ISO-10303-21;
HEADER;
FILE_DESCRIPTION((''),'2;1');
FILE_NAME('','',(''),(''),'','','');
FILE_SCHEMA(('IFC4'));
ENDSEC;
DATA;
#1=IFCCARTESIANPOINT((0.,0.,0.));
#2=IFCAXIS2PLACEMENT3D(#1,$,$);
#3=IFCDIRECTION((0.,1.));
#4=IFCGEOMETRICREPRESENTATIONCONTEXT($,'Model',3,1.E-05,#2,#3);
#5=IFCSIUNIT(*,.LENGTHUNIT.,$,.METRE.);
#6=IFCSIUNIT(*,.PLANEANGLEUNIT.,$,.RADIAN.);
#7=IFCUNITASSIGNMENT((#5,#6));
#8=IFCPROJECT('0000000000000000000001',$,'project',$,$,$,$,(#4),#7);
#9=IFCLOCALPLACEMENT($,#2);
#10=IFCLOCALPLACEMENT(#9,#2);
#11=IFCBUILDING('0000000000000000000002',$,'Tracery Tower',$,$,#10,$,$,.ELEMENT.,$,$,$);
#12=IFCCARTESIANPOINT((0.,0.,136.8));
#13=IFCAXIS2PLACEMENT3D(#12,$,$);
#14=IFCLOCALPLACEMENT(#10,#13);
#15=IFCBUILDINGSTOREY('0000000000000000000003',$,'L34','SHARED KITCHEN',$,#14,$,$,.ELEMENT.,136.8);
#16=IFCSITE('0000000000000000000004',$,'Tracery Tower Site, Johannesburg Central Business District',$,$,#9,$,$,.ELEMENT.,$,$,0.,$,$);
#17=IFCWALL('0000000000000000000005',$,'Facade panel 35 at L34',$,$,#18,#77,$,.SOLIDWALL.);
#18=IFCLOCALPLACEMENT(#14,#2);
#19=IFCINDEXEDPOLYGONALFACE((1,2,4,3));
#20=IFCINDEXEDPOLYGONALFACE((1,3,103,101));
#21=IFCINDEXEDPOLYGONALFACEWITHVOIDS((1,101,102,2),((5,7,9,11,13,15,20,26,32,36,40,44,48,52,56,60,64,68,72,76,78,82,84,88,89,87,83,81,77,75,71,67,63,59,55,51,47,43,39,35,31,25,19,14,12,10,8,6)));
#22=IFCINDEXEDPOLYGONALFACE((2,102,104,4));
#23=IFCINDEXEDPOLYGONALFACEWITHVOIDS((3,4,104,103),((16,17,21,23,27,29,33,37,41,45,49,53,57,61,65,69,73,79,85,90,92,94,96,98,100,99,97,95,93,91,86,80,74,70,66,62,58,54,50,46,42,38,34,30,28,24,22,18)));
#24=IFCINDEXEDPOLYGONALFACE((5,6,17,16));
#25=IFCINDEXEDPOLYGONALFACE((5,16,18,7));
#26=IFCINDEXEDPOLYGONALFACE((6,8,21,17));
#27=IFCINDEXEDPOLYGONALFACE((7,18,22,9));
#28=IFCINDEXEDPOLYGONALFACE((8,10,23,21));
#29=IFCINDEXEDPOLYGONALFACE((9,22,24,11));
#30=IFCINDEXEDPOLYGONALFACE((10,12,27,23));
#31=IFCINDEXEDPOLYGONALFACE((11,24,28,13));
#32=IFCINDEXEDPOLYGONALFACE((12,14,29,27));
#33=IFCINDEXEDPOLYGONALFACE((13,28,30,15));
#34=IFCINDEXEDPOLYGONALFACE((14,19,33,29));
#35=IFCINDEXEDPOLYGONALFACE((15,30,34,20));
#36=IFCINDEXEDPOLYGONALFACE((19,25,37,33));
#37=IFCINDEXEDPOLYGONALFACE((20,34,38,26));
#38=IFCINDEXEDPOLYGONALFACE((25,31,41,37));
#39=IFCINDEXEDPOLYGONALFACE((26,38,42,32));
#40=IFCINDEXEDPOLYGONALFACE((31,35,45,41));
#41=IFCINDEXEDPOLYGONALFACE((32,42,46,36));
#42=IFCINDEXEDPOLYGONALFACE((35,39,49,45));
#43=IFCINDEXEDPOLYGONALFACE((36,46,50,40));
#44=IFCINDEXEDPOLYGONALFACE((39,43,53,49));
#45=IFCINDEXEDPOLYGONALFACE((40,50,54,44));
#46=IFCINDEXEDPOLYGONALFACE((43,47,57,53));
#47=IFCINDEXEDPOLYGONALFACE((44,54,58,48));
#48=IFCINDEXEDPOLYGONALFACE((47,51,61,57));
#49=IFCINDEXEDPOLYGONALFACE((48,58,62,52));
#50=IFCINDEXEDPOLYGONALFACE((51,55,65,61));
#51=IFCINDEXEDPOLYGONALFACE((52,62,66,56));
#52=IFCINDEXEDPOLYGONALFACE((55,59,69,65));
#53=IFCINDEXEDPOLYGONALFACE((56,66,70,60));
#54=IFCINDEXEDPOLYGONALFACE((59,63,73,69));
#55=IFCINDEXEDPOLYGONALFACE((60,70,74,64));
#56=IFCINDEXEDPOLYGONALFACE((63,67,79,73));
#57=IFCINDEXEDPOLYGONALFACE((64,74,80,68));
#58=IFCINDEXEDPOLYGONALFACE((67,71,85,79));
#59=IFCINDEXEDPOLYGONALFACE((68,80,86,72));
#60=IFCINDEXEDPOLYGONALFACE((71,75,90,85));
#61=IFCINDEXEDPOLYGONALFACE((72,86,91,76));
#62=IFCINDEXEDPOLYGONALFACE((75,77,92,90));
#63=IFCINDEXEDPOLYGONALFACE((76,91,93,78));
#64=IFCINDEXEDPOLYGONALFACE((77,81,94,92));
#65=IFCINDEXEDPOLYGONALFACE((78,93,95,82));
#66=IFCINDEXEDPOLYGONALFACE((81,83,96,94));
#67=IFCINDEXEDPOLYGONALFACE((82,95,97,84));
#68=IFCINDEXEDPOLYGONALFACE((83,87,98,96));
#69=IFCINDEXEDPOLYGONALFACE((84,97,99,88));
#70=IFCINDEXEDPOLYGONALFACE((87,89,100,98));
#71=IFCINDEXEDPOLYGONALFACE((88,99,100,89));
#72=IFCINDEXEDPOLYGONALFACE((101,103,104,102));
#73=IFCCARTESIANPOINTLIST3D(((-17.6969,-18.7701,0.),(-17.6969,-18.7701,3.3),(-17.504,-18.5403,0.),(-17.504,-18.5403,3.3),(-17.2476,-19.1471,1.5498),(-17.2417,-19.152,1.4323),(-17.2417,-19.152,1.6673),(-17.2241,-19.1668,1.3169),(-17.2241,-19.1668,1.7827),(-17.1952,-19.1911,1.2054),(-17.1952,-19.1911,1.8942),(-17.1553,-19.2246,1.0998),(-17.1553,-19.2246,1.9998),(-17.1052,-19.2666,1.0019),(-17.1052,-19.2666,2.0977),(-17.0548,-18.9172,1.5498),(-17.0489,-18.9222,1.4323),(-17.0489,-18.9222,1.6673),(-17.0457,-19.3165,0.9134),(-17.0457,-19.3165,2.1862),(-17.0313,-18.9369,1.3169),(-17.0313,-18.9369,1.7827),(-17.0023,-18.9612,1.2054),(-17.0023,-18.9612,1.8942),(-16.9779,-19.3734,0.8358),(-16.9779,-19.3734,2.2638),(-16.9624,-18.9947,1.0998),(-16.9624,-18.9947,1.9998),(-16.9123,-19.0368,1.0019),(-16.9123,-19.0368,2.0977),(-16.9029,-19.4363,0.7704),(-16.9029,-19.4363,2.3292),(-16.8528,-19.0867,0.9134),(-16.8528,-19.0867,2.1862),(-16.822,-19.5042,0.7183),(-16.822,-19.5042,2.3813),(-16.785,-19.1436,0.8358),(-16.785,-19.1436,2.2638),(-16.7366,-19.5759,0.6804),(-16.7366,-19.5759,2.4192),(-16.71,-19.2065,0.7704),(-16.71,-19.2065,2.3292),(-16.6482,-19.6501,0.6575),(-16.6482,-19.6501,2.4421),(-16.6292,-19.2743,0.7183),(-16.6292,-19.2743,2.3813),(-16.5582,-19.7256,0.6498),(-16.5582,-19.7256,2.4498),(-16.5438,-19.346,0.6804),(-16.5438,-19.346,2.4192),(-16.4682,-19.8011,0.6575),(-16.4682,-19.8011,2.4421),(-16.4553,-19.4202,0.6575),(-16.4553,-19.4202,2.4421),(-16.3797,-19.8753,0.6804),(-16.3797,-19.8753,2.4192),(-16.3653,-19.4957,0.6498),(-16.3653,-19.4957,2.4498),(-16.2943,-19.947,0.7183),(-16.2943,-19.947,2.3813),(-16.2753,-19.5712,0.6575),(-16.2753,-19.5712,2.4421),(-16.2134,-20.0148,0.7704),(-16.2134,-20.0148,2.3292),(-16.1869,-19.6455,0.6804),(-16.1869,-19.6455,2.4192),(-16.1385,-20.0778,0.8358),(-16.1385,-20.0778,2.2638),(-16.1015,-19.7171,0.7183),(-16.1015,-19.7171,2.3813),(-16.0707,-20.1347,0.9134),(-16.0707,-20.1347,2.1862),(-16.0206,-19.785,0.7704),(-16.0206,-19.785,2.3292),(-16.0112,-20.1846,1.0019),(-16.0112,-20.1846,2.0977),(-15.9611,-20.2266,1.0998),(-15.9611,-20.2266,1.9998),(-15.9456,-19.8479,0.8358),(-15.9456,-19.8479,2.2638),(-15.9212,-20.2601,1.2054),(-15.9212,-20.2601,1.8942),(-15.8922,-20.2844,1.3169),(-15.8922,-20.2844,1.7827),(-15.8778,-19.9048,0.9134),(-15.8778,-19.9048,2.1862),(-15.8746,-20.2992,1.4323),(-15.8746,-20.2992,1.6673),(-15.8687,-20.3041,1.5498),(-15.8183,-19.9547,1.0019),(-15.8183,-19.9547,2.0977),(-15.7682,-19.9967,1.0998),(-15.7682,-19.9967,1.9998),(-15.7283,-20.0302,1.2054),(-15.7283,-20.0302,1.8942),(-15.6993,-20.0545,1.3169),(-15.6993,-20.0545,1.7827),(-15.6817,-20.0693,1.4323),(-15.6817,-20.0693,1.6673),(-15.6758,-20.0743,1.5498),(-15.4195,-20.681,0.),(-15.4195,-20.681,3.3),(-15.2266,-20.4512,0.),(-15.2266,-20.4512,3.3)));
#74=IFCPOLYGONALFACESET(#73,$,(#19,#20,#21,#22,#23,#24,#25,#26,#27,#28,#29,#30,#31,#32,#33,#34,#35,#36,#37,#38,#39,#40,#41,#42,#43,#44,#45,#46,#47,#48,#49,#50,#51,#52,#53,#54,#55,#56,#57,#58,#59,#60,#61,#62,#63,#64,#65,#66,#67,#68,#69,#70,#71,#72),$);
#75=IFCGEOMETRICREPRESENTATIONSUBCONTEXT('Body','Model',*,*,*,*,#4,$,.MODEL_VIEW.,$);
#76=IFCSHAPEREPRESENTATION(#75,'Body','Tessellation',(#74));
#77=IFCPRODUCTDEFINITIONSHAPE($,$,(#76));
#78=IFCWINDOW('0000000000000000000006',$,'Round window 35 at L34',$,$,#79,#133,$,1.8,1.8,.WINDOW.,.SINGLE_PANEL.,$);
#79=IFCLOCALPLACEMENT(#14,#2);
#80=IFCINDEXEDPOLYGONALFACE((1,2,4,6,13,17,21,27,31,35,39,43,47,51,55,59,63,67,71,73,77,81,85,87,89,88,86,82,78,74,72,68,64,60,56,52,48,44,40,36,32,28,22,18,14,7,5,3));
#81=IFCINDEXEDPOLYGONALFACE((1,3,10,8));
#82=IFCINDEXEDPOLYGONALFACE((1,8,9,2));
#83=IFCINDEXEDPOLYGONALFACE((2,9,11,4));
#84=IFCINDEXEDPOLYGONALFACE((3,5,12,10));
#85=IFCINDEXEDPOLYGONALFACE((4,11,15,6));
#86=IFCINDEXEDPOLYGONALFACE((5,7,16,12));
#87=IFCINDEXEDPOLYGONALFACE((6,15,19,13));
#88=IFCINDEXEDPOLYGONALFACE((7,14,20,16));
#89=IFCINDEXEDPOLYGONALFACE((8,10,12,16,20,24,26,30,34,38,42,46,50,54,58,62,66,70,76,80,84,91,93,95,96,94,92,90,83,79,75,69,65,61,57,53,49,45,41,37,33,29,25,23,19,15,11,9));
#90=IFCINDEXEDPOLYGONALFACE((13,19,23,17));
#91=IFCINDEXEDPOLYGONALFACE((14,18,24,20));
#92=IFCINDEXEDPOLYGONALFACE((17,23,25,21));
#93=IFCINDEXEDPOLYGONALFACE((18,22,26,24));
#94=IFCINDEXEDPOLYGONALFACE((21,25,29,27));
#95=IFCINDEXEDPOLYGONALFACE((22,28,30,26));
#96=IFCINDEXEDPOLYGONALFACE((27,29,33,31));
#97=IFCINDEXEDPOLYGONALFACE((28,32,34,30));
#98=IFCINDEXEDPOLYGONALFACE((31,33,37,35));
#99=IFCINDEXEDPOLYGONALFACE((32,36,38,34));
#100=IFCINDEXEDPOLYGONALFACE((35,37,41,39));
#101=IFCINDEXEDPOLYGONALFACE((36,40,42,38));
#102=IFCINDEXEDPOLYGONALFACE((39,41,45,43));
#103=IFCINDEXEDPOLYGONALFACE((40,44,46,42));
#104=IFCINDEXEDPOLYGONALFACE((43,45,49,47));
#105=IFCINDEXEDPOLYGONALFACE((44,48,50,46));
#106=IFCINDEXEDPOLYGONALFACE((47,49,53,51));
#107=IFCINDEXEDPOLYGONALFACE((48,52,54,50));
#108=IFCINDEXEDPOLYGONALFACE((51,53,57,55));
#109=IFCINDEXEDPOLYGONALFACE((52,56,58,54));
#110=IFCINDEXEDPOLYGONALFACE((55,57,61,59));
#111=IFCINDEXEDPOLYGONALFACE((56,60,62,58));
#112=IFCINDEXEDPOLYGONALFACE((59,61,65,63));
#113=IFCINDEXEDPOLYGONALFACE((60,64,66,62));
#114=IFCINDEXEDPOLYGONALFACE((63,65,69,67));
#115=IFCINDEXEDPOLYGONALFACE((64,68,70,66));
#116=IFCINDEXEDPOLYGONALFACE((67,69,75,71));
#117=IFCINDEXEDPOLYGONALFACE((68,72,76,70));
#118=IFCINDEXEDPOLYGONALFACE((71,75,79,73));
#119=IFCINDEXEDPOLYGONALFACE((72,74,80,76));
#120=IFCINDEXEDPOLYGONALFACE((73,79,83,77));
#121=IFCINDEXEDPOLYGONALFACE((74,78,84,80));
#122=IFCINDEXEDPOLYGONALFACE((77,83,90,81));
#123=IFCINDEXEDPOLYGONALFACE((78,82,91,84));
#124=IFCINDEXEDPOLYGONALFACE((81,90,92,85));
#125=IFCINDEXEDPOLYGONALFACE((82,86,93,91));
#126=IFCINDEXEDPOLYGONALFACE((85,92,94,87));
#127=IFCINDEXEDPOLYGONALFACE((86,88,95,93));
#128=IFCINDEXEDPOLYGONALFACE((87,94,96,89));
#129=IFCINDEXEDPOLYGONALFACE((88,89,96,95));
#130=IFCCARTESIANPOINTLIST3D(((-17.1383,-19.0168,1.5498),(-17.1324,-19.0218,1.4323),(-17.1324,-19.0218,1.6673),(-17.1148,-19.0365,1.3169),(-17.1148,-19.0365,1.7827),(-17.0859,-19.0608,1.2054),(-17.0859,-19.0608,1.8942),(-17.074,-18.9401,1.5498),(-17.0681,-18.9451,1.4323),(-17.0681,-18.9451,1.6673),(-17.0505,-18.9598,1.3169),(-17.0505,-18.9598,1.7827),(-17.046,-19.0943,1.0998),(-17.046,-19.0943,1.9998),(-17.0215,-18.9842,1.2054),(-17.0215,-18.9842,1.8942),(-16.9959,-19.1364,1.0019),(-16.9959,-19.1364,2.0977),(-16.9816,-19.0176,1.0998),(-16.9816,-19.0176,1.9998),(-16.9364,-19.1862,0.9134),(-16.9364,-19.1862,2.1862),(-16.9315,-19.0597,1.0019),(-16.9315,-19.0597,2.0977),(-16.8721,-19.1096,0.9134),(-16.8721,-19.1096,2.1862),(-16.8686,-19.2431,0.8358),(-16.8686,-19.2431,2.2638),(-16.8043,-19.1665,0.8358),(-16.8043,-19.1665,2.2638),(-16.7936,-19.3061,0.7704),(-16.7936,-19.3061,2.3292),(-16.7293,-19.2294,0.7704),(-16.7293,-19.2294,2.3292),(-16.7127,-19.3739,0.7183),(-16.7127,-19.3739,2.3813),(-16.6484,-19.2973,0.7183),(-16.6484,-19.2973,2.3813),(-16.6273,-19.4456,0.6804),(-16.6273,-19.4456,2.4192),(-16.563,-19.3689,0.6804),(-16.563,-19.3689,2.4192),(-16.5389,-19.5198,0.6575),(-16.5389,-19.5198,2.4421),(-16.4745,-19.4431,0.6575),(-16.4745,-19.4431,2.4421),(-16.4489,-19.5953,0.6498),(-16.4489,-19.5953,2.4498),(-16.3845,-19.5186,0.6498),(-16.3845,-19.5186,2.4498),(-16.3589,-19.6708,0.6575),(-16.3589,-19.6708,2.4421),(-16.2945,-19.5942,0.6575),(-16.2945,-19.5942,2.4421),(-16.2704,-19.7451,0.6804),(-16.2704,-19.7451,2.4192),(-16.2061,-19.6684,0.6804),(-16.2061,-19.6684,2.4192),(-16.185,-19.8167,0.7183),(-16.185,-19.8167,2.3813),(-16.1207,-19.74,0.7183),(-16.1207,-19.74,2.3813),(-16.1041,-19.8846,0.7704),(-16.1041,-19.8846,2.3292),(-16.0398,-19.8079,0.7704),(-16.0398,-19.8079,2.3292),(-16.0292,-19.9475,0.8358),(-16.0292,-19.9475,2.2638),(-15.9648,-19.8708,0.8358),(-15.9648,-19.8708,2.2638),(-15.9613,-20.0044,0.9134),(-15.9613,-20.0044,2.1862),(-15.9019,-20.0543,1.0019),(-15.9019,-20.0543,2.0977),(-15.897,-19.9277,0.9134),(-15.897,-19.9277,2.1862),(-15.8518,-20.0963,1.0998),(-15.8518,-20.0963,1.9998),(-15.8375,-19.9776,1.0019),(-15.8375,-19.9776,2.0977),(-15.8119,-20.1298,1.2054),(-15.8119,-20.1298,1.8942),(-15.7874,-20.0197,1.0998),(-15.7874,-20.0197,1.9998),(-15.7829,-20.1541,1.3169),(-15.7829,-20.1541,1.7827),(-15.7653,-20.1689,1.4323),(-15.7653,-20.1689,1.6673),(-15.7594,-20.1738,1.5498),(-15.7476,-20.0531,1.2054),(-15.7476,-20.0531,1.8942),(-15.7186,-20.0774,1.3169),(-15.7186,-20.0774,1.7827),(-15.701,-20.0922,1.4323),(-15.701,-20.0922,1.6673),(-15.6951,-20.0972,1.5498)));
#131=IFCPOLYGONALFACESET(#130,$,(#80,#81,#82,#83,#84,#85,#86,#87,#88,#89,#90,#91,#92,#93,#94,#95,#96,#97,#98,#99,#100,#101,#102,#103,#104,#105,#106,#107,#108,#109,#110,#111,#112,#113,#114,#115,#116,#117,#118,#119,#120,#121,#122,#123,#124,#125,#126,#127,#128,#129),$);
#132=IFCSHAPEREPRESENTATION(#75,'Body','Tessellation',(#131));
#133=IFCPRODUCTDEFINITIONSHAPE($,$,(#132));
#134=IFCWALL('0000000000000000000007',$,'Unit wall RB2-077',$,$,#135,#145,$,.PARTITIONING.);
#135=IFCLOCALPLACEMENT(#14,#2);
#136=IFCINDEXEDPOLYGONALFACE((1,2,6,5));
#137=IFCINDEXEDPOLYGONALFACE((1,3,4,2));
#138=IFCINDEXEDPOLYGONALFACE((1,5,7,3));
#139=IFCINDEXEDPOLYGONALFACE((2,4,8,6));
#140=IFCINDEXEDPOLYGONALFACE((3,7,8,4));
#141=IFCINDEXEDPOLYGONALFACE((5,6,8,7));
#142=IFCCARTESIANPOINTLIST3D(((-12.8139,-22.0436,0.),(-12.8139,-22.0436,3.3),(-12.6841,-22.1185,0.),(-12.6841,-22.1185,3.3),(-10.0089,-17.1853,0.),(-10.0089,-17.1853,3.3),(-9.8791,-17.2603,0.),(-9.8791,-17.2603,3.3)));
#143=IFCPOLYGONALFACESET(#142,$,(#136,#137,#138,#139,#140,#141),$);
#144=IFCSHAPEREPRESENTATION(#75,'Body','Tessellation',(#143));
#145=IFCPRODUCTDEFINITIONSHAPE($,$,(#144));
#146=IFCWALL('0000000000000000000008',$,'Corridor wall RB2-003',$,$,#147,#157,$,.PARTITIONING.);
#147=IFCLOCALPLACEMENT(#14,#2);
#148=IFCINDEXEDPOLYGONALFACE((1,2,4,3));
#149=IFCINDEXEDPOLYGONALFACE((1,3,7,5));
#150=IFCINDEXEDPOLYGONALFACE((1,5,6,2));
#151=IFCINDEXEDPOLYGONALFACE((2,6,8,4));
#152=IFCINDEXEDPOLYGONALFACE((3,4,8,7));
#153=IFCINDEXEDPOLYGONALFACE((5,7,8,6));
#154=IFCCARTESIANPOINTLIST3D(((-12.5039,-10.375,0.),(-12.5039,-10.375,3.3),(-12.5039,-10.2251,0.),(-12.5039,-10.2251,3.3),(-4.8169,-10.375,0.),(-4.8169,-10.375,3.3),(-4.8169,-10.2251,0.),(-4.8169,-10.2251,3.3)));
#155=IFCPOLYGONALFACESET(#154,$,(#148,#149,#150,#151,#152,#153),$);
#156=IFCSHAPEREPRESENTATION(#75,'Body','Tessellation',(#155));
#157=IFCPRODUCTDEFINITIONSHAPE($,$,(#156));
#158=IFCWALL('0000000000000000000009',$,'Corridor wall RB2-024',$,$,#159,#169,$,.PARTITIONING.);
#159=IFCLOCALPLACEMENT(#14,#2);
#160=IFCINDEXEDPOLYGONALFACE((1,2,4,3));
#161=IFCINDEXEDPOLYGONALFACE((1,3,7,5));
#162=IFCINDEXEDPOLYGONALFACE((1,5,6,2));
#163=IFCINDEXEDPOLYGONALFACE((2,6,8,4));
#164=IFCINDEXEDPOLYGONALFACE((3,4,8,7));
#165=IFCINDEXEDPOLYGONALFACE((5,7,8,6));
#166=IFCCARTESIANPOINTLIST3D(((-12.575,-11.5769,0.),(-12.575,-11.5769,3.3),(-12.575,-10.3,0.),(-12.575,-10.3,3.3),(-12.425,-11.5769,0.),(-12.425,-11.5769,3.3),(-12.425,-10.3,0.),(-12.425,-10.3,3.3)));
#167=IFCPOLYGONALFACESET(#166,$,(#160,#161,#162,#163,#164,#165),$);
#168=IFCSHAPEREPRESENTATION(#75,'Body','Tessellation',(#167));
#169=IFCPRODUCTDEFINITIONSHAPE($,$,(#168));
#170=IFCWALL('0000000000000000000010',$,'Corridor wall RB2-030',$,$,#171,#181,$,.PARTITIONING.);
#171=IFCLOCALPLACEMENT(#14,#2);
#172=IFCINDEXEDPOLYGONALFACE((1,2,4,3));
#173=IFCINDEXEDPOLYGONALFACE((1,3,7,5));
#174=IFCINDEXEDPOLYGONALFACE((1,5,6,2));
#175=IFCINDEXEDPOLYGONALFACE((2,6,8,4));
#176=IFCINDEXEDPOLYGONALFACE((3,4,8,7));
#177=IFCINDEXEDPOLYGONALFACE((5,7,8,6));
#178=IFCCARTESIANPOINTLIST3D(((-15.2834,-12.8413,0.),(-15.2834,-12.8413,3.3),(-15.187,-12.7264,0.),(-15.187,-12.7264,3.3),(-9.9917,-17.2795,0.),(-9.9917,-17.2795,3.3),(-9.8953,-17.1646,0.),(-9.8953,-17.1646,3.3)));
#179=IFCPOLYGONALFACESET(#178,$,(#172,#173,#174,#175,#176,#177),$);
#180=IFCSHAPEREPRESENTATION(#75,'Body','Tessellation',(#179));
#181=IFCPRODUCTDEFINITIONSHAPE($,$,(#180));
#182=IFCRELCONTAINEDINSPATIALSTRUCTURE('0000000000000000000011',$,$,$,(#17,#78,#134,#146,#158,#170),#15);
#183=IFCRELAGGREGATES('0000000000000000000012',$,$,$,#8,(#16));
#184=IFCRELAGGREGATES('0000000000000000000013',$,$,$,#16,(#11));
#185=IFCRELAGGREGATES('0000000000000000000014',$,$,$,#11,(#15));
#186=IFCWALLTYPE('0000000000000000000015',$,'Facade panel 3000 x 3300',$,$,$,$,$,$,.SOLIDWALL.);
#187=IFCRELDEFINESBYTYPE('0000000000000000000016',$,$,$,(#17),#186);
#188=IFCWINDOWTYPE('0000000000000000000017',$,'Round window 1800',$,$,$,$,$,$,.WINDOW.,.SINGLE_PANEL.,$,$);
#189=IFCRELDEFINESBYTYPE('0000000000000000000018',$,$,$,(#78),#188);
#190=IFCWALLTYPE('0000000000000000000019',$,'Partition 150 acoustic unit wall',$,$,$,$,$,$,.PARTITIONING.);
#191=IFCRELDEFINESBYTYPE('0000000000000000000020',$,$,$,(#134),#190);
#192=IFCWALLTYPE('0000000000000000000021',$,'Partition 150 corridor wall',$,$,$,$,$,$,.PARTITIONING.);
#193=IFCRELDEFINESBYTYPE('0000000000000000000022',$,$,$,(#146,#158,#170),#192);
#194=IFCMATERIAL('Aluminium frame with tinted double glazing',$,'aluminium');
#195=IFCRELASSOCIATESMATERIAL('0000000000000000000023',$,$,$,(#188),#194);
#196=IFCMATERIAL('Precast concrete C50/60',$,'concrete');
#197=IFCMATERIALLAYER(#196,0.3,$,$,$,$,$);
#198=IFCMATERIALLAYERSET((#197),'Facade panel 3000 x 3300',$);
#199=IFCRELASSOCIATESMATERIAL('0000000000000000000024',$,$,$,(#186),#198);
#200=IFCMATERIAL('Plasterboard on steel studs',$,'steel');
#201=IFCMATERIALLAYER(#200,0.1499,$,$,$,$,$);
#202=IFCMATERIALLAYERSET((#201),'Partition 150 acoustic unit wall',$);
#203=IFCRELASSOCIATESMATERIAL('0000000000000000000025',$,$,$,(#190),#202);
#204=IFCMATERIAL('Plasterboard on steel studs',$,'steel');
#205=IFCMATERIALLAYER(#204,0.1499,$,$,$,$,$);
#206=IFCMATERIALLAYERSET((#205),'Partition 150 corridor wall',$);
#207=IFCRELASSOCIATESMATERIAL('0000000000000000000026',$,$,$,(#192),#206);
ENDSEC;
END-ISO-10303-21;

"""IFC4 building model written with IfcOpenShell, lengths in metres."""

from ifc_helpers import new_model, si_unit, direction, frame, frame_2d, origin, origin_2d, place, context, subcontext, project, spatial, rectangle, circle, extrude, material, layer, layer_set, type_object, element, fill, save


model = new_model("IFC4")

# Units and contexts
model_context = context("Model", 3, precision=1e-05, world=origin(), true_north=direction((0.0, 1.0)))
body_context = subcontext(model_context, "Body", "Model", "MODEL_VIEW")
ifc_project = project(units=[si_unit("LENGTHUNIT", "METRE"), si_unit("PLANEANGLEUNIT", "RADIAN")], contexts=[model_context])

# Site, building, storey
site_placement = place(None, origin())
site = spatial("IfcSite", under=ifc_project, at=site_placement, Name="Tracery Tower Site, Johannesburg Central Business District", CompositionType="ELEMENT", RefElevation=0.0)
building_placement = place(site_placement, origin())
building = spatial("IfcBuilding", under=site, at=building_placement, Name="Tracery Tower", CompositionType="ELEMENT")
storey_placement = place(building_placement, frame((0.0, 0.0, 136.8)))
storey = spatial("IfcBuildingStorey", under=building, at=storey_placement, Name="L34", Description="SHARED KITCHEN", CompositionType="ELEMENT", Elevation=136.8)

# Wall, opening, window
ifc_material_1 = material(Name="Aluminium frame with tinted double glazing", Category="aluminium")
window_type = type_object("IfcWindowType", Name="Round window 1800", PartitioningType="SINGLE_PANEL", PredefinedType="WINDOW", material=ifc_material_1)
ifc_material_2 = material(Name="Precast concrete C50/60", Category="concrete")
ifc_layer_1 = layer(ifc_material_2, 0.3)
ifc_layer_set_1 = layer_set([ifc_layer_1], Name="Facade panel 3000 x 3300")
wall_type_1 = type_object("IfcWallType", Name="Facade panel 3000 x 3300", PredefinedType="SOLIDWALL", material=ifc_layer_set_1)
wall_1_placement = place(storey_placement, frame((-17.6003, -18.6553, 0.0), z_axis=(0.0, 0.0, 1.0), x_axis=(0.766049, -0.642782, 0.0)))
wall_1 = element("IfcWall", 1, at=wall_1_placement, inside=storey, type_object=wall_type_1, Name="Facade panel 35 at L34", PredefinedType="SOLIDWALL", context=body_context, shape_type="SweptSolid", body=[
    extrude(rectangle(XDim=2.9729, YDim=0.3, at=frame_2d((1.4863, 0.0))), origin(), (0.0, 0.0, 1.0), 3.3),
])
opening_1_placement = place(wall_1_placement, frame((1.4863, 0.0, 1.5498)))
opening_1 = element("IfcOpeningElement", 2, at=opening_1_placement, cuts=wall_1, PredefinedType="OPENING", context=body_context, shape_type="SweptSolid", body=[
    extrude(circle(Radius=0.9, at=origin_2d()), frame((0.0, 0.1599, 0.0), z_axis=(0.0, -1.0, 0.0), x_axis=(1.0, 0.0, 0.0)), (0.0, 0.0, 1.0), 0.3201),
])
window_1_placement = place(opening_1_placement, origin())
window_1 = element("IfcWindow", 3, at=window_1_placement, inside=storey, type_object=window_type, Name="Round window 35 at L34", OverallHeight=1.8, OverallWidth=1.8, PartitioningType="SINGLE_PANEL", PredefinedType="WINDOW", context=body_context, shape_type="SweptSolid", body=[
    extrude(circle(Radius=0.9, at=origin_2d()), frame((0.0, 0.1201, 0.0), z_axis=(0.0, -1.0, 0.0), x_axis=(1.0, 0.0, 0.0)), (0.0, 0.0, 1.0), 0.1001),
])
fill(opening_1, window_1)

# Walls
ifc_material_3 = material(Name="Plasterboard on steel studs", Category="steel")
ifc_layer_2 = layer(ifc_material_3, 0.1499)
ifc_layer_set_2 = layer_set([ifc_layer_2], Name="Partition 150 acoustic unit wall")
wall_type_2 = type_object("IfcWallType", Name="Partition 150 acoustic unit wall", PredefinedType="PARTITIONING", material=ifc_layer_set_2)
wall_2_placement = place(storey_placement, frame((-12.749, -22.0811, 0.0), z_axis=(0.0, 0.0, 1.0), x_axis=(0.50001, 0.86602, 0.0)))
element("IfcWall", 4, at=wall_2_placement, inside=storey, type_object=wall_type_2, Name="Unit wall RB2-077", PredefinedType="PARTITIONING", context=body_context, shape_type="SweptSolid", body=[
    extrude(rectangle(XDim=5.6099, YDim=0.1499, at=frame_2d((2.8049, 0.0))), origin(), (0.0, 0.0, 1.0), 3.3),
])
ifc_material_4 = material(Name="Plasterboard on steel studs", Category="steel")
ifc_layer_3 = layer(ifc_material_4, 0.1499)
ifc_layer_set_3 = layer_set([ifc_layer_3], Name="Partition 150 corridor wall")
wall_type_3 = type_object("IfcWallType", Name="Partition 150 corridor wall", PredefinedType="PARTITIONING", material=ifc_layer_set_3)
wall_3_placement = place(storey_placement, frame((-12.5039, -10.3, 0.0), z_axis=(0.0, 0.0, 1.0), x_axis=(1.0, 0.0, 0.0)))
element("IfcWall", 5, at=wall_3_placement, inside=storey, type_object=wall_type_3, Name="Corridor wall RB2-003", PredefinedType="PARTITIONING", context=body_context, shape_type="SweptSolid", body=[
    extrude(rectangle(XDim=7.687, YDim=0.1499, at=frame_2d((3.8435, 0.0))), origin(), (0.0, 0.0, 1.0), 3.3),
])
wall_4_placement = place(storey_placement, frame((-12.5, -11.5769, 0.0), z_axis=(0.0, 0.0, 1.0), x_axis=(0.0, 1.0, 0.0)))
element("IfcWall", 6, at=wall_4_placement, inside=storey, type_object=wall_type_3, Name="Corridor wall RB2-024", PredefinedType="PARTITIONING", context=body_context, shape_type="SweptSolid", body=[
    extrude(rectangle(XDim=1.2769, YDim=0.1499, at=frame_2d((0.6384, 0.0))), origin(), (0.0, 0.0, 1.0), 3.3),
])
wall_5_placement = place(storey_placement, frame((-15.2351, -12.7839, 0.0), z_axis=(0.0, 0.0, 1.0), x_axis=(0.766192, -0.642612, 0.0)))
element("IfcWall", 7, at=wall_5_placement, inside=storey, type_object=wall_type_3, Name="Corridor wall RB2-030", PredefinedType="PARTITIONING", context=body_context, shape_type="SweptSolid", body=[
    extrude(rectangle(XDim=6.9065, YDim=0.1499, at=frame_2d((3.4531, 0.0))), origin(), (0.0, 0.0, 1.0), 3.3),
])

save(model, "model.ifc")
